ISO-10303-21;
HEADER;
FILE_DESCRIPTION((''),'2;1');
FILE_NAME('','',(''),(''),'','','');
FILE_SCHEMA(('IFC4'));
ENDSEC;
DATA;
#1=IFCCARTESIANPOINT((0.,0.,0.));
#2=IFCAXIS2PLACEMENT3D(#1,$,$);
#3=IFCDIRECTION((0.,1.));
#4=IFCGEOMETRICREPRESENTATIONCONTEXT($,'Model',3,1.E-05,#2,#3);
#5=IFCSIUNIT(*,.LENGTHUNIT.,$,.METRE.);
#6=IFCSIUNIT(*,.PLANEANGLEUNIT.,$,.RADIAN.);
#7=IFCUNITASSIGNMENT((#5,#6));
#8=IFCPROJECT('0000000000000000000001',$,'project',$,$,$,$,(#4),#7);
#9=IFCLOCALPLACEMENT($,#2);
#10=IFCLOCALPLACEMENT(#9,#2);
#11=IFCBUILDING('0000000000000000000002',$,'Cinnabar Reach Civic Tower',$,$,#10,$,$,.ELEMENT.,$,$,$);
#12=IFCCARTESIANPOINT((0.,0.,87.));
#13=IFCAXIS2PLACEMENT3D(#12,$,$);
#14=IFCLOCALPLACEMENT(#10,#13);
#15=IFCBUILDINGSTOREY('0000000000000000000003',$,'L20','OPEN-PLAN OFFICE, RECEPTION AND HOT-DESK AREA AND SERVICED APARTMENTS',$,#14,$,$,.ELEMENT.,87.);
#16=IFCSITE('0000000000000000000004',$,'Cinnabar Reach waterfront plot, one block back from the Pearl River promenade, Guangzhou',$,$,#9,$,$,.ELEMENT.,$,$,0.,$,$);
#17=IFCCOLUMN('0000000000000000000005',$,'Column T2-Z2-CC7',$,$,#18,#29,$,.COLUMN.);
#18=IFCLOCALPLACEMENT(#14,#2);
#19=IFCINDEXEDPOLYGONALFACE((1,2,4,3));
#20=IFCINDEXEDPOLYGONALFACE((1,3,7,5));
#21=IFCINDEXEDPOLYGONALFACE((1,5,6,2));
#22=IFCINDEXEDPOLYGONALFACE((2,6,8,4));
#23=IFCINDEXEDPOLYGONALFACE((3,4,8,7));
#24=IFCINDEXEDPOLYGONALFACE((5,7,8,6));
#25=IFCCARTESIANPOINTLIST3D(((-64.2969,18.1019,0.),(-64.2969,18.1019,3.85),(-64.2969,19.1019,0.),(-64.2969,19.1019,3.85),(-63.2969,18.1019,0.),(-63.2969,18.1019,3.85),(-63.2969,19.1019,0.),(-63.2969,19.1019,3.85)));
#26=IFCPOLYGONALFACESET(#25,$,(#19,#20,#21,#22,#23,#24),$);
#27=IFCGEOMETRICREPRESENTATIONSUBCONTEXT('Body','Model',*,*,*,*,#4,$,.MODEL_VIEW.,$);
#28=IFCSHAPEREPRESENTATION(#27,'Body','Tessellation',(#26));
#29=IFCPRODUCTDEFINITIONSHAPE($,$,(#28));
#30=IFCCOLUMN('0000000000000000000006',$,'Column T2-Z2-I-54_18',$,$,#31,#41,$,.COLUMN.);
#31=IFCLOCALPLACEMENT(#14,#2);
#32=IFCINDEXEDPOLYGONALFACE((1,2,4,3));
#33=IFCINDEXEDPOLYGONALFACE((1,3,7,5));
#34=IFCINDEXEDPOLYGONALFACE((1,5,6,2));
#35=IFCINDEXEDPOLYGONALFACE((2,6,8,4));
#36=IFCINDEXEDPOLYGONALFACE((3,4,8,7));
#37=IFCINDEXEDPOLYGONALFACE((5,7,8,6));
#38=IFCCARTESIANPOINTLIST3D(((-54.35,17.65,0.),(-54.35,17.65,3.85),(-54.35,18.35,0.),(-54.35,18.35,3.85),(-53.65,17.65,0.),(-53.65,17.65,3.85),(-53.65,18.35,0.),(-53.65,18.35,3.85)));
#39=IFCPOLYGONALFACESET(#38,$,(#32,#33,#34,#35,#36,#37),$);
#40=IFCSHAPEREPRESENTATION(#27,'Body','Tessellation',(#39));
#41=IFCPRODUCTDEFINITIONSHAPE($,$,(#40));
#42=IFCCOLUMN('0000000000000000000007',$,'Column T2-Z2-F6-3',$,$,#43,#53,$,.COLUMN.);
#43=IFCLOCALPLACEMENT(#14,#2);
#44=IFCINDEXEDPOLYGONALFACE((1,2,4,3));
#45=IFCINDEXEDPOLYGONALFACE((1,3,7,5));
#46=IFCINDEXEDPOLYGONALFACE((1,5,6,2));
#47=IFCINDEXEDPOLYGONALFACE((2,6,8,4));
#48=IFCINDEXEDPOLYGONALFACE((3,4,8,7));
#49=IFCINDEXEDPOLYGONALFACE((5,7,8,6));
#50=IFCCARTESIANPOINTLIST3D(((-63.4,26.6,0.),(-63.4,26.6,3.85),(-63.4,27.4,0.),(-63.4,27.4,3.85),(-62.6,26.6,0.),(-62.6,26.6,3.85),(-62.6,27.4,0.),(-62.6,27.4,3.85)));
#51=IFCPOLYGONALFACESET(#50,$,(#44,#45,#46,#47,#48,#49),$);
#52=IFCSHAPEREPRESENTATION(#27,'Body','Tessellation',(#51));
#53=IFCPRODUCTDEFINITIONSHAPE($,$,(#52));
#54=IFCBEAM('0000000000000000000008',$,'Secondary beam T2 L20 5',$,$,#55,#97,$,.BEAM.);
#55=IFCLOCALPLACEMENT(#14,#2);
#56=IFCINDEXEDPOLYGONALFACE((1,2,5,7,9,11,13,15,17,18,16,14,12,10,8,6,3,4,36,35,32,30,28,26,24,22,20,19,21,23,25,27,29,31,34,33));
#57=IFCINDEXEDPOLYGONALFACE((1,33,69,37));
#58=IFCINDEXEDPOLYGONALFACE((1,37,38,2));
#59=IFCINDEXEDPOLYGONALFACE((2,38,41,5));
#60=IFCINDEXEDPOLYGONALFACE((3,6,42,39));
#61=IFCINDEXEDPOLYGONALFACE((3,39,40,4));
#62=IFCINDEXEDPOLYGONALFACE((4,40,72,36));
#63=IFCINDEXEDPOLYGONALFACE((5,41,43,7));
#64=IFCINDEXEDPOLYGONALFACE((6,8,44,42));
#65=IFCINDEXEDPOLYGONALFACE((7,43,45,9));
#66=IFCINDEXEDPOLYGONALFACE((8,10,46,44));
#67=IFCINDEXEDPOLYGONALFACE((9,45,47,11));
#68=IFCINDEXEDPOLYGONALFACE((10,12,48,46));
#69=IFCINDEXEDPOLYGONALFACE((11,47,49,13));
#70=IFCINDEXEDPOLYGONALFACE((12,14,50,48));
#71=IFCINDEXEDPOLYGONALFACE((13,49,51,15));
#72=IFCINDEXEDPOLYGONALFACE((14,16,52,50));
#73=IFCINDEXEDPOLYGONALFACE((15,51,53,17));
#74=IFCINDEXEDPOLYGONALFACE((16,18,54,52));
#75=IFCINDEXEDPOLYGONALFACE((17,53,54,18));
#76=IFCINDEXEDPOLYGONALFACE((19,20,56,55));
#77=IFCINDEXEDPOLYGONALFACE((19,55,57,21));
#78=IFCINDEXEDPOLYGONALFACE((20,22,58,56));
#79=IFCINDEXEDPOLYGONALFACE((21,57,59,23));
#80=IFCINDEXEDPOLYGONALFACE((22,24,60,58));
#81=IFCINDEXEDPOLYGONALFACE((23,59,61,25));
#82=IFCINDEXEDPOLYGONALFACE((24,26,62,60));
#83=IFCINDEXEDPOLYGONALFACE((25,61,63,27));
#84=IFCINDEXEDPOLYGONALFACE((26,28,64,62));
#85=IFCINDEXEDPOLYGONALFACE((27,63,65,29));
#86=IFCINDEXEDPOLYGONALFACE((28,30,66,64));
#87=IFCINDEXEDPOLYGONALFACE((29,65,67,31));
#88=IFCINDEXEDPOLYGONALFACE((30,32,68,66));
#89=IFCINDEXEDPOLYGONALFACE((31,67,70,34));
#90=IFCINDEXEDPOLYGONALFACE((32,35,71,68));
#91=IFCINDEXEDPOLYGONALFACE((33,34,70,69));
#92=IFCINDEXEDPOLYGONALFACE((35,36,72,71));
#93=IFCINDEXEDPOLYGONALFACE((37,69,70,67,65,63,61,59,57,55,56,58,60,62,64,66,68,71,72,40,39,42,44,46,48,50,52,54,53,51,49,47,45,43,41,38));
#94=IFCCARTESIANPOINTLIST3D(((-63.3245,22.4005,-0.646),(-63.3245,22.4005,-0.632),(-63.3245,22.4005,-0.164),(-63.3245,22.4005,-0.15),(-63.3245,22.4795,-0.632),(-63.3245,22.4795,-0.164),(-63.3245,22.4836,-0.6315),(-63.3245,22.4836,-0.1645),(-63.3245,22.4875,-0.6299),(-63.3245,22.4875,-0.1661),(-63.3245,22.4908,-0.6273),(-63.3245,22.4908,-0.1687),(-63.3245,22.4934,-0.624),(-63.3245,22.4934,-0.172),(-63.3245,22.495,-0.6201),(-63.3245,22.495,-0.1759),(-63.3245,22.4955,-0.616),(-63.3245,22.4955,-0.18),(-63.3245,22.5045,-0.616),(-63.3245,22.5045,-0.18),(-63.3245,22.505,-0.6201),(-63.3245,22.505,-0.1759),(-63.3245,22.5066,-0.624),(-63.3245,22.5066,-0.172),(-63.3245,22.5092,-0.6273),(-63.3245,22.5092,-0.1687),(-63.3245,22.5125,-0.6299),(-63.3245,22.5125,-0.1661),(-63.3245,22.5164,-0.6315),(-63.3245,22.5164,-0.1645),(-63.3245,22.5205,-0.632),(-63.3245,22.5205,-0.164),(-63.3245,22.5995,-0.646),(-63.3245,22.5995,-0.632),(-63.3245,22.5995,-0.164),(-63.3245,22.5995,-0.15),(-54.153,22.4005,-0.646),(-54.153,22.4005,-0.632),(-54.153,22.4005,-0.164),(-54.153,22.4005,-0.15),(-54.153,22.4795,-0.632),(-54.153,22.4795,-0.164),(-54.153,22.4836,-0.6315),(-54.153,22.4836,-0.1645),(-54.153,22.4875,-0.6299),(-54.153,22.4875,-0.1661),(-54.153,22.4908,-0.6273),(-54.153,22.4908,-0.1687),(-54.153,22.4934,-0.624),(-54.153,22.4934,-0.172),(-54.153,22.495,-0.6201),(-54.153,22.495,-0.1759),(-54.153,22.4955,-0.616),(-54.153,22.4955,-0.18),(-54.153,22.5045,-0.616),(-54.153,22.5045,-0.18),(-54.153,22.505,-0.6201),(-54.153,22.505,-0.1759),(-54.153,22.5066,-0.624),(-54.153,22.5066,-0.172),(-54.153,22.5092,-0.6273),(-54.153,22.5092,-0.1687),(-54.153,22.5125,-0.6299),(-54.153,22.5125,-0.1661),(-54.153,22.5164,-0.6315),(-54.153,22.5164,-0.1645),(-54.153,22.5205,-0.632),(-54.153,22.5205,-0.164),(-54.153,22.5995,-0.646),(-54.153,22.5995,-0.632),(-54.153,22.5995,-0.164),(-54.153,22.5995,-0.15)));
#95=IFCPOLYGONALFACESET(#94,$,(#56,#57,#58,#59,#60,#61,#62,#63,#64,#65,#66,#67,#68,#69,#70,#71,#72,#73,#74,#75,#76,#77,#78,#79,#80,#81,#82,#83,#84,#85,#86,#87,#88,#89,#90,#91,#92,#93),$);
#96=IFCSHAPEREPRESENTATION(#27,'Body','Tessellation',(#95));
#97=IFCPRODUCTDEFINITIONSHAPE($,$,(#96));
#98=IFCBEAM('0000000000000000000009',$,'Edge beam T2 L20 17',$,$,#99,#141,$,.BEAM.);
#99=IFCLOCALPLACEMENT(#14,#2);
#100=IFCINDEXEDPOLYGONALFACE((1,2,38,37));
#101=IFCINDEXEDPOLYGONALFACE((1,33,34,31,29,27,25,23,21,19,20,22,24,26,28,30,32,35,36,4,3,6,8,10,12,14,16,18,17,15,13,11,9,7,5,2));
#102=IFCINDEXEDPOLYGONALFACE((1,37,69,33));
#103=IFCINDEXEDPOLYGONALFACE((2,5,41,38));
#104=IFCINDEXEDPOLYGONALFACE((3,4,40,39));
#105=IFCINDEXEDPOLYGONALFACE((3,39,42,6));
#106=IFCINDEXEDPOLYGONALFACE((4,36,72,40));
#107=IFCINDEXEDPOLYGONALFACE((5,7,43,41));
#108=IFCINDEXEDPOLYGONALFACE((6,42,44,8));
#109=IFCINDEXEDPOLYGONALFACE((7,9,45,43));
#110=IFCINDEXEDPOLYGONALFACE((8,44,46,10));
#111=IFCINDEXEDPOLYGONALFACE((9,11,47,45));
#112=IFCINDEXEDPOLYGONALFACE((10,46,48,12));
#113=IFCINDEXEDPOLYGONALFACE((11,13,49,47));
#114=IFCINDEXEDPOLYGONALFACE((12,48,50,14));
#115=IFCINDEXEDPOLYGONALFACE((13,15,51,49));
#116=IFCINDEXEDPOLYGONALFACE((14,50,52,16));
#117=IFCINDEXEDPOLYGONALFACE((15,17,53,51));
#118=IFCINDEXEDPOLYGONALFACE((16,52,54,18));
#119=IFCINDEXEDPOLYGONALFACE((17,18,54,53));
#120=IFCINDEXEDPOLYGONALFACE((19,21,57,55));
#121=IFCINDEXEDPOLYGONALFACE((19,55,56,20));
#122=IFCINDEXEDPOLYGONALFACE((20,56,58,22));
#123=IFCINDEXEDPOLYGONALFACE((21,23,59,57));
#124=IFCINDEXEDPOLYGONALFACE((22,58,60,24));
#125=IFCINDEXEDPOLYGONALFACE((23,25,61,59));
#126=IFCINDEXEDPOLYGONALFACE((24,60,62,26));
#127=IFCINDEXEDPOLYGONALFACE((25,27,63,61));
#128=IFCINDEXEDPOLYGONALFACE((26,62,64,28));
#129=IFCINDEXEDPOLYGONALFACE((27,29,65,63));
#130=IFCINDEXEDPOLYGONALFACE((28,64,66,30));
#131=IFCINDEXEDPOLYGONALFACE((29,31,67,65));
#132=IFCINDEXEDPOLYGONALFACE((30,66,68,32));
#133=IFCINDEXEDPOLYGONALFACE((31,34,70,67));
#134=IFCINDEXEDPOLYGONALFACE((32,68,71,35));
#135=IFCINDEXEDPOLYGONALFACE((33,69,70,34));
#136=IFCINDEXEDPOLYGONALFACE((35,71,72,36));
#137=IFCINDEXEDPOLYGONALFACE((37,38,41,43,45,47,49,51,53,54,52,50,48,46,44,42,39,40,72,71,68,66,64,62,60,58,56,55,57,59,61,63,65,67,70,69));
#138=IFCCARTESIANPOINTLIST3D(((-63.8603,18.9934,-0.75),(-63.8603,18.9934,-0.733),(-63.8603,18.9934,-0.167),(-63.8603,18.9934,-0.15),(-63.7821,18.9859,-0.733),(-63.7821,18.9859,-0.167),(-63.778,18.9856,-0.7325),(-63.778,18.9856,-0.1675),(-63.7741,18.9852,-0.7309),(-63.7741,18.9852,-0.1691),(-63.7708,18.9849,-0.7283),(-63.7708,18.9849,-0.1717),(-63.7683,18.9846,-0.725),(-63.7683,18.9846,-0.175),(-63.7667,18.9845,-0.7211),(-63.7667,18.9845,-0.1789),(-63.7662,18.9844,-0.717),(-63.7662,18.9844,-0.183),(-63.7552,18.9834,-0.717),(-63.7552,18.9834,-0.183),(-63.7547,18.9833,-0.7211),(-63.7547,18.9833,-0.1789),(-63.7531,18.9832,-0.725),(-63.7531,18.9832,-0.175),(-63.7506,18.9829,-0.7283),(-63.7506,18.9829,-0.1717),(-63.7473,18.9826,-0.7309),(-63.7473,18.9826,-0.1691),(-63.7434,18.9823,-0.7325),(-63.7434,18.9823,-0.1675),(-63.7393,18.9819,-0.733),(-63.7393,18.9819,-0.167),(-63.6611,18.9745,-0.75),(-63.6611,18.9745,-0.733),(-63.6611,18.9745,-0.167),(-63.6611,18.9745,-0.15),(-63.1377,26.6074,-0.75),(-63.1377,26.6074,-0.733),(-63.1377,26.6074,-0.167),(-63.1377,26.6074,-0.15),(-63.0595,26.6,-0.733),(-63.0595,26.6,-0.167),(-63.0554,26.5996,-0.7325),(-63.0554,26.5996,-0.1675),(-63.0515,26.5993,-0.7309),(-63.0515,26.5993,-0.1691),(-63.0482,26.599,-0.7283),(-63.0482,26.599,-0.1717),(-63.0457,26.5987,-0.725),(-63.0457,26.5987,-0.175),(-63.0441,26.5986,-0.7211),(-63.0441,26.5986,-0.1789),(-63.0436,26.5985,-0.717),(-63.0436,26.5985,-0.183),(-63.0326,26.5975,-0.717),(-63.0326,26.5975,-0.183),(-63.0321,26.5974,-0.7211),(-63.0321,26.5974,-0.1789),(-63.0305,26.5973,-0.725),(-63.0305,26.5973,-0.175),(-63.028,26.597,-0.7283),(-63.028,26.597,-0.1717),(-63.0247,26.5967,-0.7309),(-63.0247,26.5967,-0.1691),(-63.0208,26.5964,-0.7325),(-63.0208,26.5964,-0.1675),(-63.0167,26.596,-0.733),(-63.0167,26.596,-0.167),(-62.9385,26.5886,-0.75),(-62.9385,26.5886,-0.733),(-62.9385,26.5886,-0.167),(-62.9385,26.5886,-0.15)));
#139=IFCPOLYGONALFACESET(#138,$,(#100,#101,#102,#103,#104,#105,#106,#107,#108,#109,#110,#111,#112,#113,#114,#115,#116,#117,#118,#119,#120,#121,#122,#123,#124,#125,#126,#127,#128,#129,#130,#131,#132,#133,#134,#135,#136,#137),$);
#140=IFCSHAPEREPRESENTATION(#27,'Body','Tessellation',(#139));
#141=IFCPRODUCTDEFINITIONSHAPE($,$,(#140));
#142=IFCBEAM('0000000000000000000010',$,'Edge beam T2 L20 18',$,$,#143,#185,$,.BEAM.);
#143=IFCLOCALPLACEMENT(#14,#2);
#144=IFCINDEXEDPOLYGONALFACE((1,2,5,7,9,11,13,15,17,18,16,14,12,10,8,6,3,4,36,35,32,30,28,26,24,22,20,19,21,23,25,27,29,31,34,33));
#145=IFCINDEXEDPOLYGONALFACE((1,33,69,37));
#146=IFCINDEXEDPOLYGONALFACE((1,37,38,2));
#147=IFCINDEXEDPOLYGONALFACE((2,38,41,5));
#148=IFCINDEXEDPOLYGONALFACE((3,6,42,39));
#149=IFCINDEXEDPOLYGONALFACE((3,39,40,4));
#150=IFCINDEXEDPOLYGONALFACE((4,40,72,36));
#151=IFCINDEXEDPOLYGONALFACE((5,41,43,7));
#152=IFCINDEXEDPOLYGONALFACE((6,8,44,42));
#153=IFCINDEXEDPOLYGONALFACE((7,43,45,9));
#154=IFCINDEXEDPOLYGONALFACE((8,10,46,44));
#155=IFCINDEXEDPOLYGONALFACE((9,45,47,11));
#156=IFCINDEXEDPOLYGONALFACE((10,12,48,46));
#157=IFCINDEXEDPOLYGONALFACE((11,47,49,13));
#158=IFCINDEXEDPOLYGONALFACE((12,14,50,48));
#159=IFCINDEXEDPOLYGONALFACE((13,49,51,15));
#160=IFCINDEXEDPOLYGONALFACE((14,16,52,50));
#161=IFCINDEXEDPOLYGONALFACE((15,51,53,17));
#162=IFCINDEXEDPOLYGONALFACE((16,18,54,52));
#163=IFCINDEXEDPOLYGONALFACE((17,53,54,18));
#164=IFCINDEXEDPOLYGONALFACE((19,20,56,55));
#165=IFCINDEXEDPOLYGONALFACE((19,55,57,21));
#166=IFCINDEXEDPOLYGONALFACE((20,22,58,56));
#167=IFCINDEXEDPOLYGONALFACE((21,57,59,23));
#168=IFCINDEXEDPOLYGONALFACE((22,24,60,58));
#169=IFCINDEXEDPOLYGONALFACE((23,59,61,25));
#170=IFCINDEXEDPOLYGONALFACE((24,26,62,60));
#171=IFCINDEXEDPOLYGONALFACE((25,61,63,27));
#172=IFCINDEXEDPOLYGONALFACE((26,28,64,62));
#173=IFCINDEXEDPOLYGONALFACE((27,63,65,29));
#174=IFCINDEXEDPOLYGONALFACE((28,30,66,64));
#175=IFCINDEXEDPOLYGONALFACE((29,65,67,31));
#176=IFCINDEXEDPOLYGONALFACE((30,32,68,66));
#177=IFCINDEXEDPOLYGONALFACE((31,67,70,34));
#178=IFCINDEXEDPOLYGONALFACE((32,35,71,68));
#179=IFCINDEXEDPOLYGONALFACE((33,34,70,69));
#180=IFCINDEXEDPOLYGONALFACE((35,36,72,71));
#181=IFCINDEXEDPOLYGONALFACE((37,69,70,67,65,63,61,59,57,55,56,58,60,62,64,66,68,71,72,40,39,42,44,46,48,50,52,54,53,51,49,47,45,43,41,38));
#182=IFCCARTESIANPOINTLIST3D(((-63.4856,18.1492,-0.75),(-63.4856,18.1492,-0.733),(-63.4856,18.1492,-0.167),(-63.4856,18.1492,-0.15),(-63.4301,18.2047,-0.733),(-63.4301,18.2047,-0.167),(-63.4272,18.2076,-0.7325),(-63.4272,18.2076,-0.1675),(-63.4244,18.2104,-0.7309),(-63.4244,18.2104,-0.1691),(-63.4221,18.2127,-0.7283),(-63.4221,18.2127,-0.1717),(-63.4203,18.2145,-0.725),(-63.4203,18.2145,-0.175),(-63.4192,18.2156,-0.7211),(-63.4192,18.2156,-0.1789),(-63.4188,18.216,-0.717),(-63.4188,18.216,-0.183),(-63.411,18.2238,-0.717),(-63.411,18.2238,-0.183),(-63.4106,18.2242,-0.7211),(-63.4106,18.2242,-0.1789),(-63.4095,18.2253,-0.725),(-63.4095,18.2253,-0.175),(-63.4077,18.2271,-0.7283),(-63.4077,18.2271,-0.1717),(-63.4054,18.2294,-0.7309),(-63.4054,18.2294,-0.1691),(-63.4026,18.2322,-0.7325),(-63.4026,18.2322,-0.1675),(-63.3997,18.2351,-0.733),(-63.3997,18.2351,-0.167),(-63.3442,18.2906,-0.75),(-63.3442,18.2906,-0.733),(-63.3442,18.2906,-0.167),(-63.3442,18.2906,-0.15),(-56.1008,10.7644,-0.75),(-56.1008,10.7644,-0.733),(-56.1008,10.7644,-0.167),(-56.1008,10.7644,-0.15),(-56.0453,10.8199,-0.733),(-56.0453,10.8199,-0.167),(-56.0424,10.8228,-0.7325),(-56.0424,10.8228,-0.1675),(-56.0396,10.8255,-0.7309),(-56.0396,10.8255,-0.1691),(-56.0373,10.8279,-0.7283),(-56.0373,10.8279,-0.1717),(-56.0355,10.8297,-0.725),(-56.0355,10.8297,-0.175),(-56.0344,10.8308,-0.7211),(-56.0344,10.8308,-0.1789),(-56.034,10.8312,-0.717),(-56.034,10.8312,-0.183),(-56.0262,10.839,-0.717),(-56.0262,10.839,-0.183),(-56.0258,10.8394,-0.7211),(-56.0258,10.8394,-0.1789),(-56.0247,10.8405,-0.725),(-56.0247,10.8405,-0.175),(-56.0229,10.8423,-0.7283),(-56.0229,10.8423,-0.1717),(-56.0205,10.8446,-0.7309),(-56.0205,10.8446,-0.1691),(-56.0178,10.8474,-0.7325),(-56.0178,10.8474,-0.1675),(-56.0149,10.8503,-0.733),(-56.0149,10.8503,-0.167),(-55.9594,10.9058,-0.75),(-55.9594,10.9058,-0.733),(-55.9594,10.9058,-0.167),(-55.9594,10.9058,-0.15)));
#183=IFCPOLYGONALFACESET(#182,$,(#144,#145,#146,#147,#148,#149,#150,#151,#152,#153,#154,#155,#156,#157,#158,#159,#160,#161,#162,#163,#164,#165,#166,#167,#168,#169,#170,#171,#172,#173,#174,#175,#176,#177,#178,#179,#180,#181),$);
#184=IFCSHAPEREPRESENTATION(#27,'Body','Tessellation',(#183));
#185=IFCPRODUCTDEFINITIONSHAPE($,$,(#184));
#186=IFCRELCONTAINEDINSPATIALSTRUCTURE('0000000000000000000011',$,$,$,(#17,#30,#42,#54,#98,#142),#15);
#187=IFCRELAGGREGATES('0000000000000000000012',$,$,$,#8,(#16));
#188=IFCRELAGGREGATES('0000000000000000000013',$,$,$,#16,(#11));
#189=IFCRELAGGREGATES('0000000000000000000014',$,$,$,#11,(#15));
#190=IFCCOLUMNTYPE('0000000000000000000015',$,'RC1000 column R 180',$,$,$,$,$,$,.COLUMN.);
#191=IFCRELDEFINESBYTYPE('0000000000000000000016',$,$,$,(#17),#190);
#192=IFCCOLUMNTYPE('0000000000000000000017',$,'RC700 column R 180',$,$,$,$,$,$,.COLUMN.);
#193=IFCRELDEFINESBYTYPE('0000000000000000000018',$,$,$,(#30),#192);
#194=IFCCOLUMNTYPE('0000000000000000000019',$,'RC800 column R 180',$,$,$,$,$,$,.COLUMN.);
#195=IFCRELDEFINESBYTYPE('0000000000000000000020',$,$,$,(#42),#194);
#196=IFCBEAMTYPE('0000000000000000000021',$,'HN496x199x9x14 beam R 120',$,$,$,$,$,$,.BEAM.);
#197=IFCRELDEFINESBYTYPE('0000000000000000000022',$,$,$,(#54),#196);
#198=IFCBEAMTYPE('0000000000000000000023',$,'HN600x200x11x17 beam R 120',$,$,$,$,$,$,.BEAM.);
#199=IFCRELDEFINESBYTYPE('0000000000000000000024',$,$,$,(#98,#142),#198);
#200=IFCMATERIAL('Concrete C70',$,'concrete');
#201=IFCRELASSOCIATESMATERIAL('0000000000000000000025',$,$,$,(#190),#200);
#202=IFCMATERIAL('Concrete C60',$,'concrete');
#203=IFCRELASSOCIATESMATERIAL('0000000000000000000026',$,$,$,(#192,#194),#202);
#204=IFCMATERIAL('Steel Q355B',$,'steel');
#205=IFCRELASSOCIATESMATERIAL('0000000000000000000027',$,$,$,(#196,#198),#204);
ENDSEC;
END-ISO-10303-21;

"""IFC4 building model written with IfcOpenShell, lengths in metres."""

from ifc_helpers import new_model, si_unit, direction, frame, origin, origin_2d, place, context, subcontext, project, spatial, rectangle, i_section, extrude, material, material_profile, profile_set, type_object, element, save


model = new_model("IFC4")

# Units and contexts
model_context = context("Model", 3, precision=1e-05, world=origin(), true_north=direction((0.0, 1.0)))
body_context = subcontext(model_context, "Body", "Model", "MODEL_VIEW")
ifc_project = project(units=[si_unit("LENGTHUNIT", "METRE"), si_unit("PLANEANGLEUNIT", "RADIAN")], contexts=[model_context])

# Site, building, storey
site_placement = place(None, origin())
site = spatial("IfcSite", under=ifc_project, at=site_placement, Name="Cinnabar Reach waterfront plot, one block back from the Pearl River promenade, Guangzhou", CompositionType="ELEMENT", RefElevation=0.0)
building_placement = place(site_placement, origin())
building = spatial("IfcBuilding", under=site, at=building_placement, Name="Cinnabar Reach Civic Tower", CompositionType="ELEMENT")
storey_placement = place(building_placement, frame((0.0, 0.0, 87.0)))
storey = spatial("IfcBuildingStorey", under=building, at=storey_placement, Name="L20", Description="OPEN-PLAN OFFICE, RECEPTION AND HOT-DESK AREA AND SERVICED APARTMENTS", CompositionType="ELEMENT", Elevation=87.0)

# Columns
ifc_material_1 = material(Name="Concrete C70", Category="concrete")
ifc_material_profile_1 = material_profile(ifc_material_1, rectangle(XDim=1.0, YDim=1.0, at=origin_2d()), Name="RC1000")
ifc_profile_set_1 = profile_set([ifc_material_profile_1], Name="Concrete C70")
column_type_1 = type_object("IfcColumnType", Name="RC1000 column R 180", PredefinedType="COLUMN", material=ifc_profile_set_1)
column_1_placement = place(storey_placement, frame((-63.7969, 18.6019, 0.0), z_axis=(0.0, 0.0, 1.0), x_axis=(1.0, 0.0, 0.0)))
element("IfcColumn", 1, at=column_1_placement, inside=storey, type_object=column_type_1, Name="Column T2-Z2-CC7", PredefinedType="COLUMN", context=body_context, shape_type="SweptSolid", body=[
    extrude(rectangle(XDim=1.0, YDim=1.0, at=origin_2d()), origin(), (0.0, 0.0, 1.0), 3.85),
])
ifc_material_2 = material(Name="Concrete C60", Category="concrete")
ifc_material_profile_2 = material_profile(ifc_material_2, rectangle(XDim=0.7, YDim=0.7, at=origin_2d()), Name="RC700")
ifc_profile_set_2 = profile_set([ifc_material_profile_2], Name="Concrete C60")
column_type_2 = type_object("IfcColumnType", Name="RC700 column R 180", PredefinedType="COLUMN", material=ifc_profile_set_2)
column_2_placement = place(storey_placement, frame((-54.0, 18.0, 0.0), z_axis=(0.0, 0.0, 1.0), x_axis=(1.0, 0.0, 0.0)))
element("IfcColumn", 2, at=column_2_placement, inside=storey, type_object=column_type_2, Name="Column T2-Z2-I-54_18", PredefinedType="COLUMN", context=body_context, shape_type="SweptSolid", body=[
    extrude(rectangle(XDim=0.7, YDim=0.7, at=origin_2d()), origin(), (0.0, 0.0, 1.0), 3.85),
])
ifc_material_profile_3 = material_profile(ifc_material_2, rectangle(XDim=0.8, YDim=0.8, at=origin_2d()), Name="RC800")
ifc_profile_set_3 = profile_set([ifc_material_profile_3], Name="Concrete C60")
column_type_3 = type_object("IfcColumnType", Name="RC800 column R 180", PredefinedType="COLUMN", material=ifc_profile_set_3)
column_3_placement = place(storey_placement, frame((-63.0, 27.0, 0.0), z_axis=(0.0, 0.0, 1.0), x_axis=(1.0, 0.0, 0.0)))
element("IfcColumn", 3, at=column_3_placement, inside=storey, type_object=column_type_3, Name="Column T2-Z2-F6-3", PredefinedType="COLUMN", context=body_context, shape_type="SweptSolid", body=[
    extrude(rectangle(XDim=0.8, YDim=0.8, at=origin_2d()), origin(), (0.0, 0.0, 1.0), 3.85),
])

# Beams
ifc_material_3 = material(Name="Steel Q355B", Category="steel")
ifc_material_profile_4 = material_profile(ifc_material_3, i_section(OverallWidth=0.199, OverallDepth=0.496, WebThickness=0.009, FlangeThickness=0.014, FilletRadius=0.016, at=origin_2d()), Name="HN496x199x9x14")
ifc_profile_set_4 = profile_set([ifc_material_profile_4], Name="Steel Q355B")
beam_type_1 = type_object("IfcBeamType", Name="HN496x199x9x14 beam R 120", PredefinedType="BEAM", material=ifc_profile_set_4)
beam_1_placement = place(storey_placement, frame((-63.3245, 22.5, -0.398), z_axis=(1.0, 0.0, 0.0), x_axis=(0.0, 1.0, 0.0)))
element("IfcBeam", 4, at=beam_1_placement, inside=storey, type_object=beam_type_1, Name="Secondary beam T2 L20 5", PredefinedType="BEAM", context=body_context, shape_type="SweptSolid", body=[
    extrude(i_section(OverallWidth=0.199, OverallDepth=0.496, WebThickness=0.009, FlangeThickness=0.014, FilletRadius=0.016, at=origin_2d()), origin(), (0.0, 0.0, 1.0), 9.1715),
])
ifc_material_profile_5 = material_profile(ifc_material_3, i_section(OverallWidth=0.2, OverallDepth=0.6, WebThickness=0.011, FlangeThickness=0.017, FilletRadius=0.016, at=origin_2d()), Name="HN600x200x11x17")
ifc_profile_set_5 = profile_set([ifc_material_profile_5], Name="Steel Q355B")
beam_type_2 = type_object("IfcBeamType", Name="HN600x200x11x17 beam R 120", PredefinedType="BEAM", material=ifc_profile_set_5)
beam_2_placement = place(storey_placement, frame((-63.0381, 26.598, -0.45), z_axis=(-0.094478, -0.995527, 0.0), x_axis=(0.995527, -0.094478, 0.0)))
element("IfcBeam", 5, at=beam_2_placement, inside=storey, type_object=beam_type_2, Name="Edge beam T2 L20 17", PredefinedType="BEAM", context=body_context, shape_type="SweptSolid", body=[
    extrude(i_section(OverallWidth=0.2, OverallDepth=0.6, WebThickness=0.011, FlangeThickness=0.017, FilletRadius=0.016, at=origin_2d()), origin(), (0.0, 0.0, 1.0), 7.6483),
])
beam_3_placement = place(storey_placement, frame((-63.4149, 18.2199, -0.45), z_axis=(0.707107, -0.707107, 0.0), x_axis=(0.707107, 0.707107, 0.0)))
element("IfcBeam", 6, at=beam_3_placement, inside=storey, type_object=beam_type_2, Name="Edge beam T2 L20 18", PredefinedType="BEAM", context=body_context, shape_type="SweptSolid", body=[
    extrude(i_section(OverallWidth=0.2, OverallDepth=0.6, WebThickness=0.011, FlangeThickness=0.017, FilletRadius=0.016, at=origin_2d()), origin(), (0.0, 0.0, 1.0), 10.4437),
])

save(model, "model.ifc")
